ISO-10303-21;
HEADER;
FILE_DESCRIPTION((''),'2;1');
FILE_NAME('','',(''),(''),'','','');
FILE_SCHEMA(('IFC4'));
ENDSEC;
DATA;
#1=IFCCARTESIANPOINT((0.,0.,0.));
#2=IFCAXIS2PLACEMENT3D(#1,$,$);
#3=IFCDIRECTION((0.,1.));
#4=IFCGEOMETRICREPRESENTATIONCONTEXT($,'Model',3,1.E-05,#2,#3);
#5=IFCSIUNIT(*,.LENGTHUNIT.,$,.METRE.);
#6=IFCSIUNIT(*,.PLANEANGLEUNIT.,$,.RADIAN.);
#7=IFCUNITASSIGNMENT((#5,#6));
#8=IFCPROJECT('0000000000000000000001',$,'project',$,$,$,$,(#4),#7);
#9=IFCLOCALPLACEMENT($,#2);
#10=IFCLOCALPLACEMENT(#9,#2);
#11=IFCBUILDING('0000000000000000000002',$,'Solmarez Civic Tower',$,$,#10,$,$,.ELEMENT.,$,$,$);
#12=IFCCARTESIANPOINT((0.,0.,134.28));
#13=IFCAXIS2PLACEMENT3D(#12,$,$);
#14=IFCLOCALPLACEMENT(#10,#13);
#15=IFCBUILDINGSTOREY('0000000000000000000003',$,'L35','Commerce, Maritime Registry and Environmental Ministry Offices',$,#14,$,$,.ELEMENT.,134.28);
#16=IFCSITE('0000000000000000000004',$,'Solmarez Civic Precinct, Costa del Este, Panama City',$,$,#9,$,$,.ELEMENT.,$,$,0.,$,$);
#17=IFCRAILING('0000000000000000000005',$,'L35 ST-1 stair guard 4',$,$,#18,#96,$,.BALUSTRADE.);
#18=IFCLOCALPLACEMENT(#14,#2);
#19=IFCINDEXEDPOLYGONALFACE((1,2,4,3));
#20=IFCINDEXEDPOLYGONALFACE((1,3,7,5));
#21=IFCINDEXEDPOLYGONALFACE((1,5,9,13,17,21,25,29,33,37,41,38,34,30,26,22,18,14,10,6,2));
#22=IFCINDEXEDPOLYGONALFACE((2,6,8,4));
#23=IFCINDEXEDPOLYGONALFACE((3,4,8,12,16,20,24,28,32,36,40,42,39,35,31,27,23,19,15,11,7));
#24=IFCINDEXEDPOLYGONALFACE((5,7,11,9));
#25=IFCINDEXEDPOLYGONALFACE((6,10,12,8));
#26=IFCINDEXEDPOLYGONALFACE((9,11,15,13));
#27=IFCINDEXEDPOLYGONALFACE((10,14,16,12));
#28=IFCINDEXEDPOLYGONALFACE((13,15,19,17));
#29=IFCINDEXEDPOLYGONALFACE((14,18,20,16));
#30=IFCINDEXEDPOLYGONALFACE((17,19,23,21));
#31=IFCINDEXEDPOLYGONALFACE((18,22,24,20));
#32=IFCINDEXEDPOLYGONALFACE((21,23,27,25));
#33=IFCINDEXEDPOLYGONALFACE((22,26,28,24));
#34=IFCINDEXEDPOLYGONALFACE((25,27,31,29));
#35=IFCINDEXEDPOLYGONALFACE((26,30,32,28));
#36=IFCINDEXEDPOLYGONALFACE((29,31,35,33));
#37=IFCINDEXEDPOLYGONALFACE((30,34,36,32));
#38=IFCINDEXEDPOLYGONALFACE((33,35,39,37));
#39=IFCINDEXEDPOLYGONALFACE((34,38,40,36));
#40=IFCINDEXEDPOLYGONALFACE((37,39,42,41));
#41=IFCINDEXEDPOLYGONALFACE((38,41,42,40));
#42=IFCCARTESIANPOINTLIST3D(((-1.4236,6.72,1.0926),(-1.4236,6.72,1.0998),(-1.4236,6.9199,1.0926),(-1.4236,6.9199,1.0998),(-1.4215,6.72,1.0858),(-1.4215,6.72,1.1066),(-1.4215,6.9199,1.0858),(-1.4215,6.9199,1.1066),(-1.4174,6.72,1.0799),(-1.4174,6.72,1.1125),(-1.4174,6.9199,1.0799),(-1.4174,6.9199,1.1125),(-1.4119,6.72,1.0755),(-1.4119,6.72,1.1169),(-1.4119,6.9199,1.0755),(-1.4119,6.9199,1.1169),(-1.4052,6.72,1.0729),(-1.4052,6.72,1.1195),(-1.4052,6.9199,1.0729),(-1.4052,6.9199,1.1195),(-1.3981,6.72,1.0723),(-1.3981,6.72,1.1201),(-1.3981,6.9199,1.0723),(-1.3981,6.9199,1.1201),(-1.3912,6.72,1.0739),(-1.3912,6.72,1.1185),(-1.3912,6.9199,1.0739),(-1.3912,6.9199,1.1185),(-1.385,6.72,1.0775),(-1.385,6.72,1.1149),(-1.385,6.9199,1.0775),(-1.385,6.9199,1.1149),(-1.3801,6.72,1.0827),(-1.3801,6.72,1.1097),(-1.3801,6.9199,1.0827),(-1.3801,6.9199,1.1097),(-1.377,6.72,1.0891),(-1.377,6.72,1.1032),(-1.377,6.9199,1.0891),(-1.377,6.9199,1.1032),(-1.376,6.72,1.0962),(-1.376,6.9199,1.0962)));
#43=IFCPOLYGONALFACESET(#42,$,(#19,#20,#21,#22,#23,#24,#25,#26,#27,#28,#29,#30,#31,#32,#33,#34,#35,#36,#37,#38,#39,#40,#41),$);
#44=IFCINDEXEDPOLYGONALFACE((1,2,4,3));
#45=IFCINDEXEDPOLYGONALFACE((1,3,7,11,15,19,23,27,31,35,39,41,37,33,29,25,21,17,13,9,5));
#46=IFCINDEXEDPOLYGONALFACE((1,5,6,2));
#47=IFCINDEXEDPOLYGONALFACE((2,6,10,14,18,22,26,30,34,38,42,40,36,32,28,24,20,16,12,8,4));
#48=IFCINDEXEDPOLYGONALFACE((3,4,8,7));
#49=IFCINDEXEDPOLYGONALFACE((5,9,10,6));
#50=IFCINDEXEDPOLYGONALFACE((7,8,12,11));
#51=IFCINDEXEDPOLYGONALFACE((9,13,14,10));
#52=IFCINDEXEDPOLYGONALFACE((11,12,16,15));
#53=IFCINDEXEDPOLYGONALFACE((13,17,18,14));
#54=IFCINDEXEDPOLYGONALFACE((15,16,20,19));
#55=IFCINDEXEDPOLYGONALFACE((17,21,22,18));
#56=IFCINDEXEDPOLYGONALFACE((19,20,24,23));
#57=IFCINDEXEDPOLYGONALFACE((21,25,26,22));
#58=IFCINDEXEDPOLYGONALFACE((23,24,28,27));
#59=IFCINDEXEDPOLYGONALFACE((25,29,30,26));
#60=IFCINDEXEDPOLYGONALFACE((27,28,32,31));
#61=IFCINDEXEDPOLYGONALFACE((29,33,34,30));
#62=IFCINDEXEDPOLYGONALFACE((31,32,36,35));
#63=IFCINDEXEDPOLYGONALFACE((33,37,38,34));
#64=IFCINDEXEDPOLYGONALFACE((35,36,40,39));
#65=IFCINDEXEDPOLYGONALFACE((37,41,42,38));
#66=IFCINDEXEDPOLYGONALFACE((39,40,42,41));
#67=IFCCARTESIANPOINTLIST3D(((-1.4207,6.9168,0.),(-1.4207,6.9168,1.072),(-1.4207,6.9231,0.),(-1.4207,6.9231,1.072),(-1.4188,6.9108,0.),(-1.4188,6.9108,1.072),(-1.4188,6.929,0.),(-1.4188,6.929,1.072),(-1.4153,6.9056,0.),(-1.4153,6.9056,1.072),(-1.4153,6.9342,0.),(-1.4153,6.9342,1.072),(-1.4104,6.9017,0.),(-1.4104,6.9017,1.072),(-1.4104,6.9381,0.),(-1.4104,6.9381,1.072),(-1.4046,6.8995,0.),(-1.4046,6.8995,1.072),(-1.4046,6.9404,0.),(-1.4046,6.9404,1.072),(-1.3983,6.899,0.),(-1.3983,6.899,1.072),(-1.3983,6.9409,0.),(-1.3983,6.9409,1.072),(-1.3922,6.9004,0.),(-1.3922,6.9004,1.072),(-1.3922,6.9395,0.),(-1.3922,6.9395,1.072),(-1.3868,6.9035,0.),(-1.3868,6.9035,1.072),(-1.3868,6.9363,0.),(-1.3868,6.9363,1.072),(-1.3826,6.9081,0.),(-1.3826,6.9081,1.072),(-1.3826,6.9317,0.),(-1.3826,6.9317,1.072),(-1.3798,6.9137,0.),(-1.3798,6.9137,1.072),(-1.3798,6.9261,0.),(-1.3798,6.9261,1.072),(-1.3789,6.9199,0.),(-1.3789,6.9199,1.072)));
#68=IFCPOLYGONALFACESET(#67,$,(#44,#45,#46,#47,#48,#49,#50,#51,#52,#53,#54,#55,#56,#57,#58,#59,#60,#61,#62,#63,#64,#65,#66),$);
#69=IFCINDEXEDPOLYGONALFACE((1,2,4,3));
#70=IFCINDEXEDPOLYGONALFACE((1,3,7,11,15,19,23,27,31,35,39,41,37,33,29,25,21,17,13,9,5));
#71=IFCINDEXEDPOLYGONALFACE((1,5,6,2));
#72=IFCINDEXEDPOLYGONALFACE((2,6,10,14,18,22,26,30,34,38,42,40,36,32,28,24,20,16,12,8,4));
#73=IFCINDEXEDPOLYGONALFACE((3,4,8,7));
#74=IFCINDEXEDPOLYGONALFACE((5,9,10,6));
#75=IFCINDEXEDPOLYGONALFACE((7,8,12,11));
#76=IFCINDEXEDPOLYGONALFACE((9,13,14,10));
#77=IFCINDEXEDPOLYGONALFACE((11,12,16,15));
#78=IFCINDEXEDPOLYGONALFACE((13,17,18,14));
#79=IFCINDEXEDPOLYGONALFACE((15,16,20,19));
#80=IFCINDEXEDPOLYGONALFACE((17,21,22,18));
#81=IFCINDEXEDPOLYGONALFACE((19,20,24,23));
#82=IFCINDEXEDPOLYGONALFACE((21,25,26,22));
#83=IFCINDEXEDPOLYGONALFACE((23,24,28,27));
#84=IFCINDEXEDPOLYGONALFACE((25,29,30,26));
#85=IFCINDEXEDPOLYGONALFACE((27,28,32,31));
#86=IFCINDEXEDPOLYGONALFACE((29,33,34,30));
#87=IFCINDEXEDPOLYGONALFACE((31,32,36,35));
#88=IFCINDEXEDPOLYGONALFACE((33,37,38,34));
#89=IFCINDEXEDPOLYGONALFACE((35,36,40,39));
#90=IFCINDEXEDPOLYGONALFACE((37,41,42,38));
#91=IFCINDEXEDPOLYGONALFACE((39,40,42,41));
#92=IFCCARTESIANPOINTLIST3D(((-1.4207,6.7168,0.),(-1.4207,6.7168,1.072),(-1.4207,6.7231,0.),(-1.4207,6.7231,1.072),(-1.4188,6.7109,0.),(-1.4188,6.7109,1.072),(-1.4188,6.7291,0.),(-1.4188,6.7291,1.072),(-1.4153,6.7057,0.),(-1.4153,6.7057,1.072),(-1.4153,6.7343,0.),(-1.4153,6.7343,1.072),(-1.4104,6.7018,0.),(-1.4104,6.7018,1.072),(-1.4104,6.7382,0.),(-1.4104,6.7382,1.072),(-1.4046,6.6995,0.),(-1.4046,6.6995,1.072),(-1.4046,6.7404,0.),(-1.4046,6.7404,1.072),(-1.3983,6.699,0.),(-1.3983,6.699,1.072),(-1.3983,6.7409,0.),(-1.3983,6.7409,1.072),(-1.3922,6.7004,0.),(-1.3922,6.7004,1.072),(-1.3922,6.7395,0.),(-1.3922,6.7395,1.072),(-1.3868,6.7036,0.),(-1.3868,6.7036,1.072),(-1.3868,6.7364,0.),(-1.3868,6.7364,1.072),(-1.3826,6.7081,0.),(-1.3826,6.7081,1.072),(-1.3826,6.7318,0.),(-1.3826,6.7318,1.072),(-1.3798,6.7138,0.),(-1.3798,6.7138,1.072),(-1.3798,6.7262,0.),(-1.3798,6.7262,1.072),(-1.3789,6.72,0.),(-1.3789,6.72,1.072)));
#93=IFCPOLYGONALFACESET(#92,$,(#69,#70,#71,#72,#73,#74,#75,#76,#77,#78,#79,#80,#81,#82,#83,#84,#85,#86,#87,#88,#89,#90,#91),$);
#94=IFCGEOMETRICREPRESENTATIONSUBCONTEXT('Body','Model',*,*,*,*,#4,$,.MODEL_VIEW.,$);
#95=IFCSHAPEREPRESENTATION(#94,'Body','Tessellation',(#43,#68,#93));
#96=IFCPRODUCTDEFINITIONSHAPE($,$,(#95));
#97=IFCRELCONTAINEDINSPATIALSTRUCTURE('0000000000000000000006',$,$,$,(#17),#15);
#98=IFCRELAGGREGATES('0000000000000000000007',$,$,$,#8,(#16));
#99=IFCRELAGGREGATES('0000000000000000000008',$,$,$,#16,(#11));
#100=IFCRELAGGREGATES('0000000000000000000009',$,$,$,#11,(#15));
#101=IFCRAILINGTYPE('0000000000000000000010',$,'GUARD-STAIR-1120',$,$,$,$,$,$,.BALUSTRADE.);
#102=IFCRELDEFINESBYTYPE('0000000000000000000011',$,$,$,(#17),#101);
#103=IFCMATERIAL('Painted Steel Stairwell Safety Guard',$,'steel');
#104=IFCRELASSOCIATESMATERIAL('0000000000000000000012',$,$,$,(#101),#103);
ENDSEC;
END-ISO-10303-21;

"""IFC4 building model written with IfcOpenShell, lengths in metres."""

from ifc_helpers import new_model, si_unit, direction, frame, origin, origin_2d, place, context, subcontext, project, spatial, circle, extrude, material, type_object, element, save


model = new_model("IFC4")

# Units and contexts
model_context = context("Model", 3, precision=1e-05, world=origin(), true_north=direction((0.0, 1.0)))
body_context = subcontext(model_context, "Body", "Model", "MODEL_VIEW")
ifc_project = project(units=[si_unit("LENGTHUNIT", "METRE"), si_unit("PLANEANGLEUNIT", "RADIAN")], contexts=[model_context])

# Site, building, storey
site_placement = place(None, origin())
site = spatial("IfcSite", under=ifc_project, at=site_placement, Name="Solmarez Civic Precinct, Costa del Este, Panama City", CompositionType="ELEMENT", RefElevation=0.0)
building_placement = place(site_placement, origin())
building = spatial("IfcBuilding", under=site, at=building_placement, Name="Solmarez Civic Tower", CompositionType="ELEMENT")
storey_placement = place(building_placement, frame((0.0, 0.0, 134.28)))
storey = spatial("IfcBuildingStorey", under=building, at=storey_placement, Name="L35", Description="Commerce, Maritime Registry and Environmental Ministry Offices", CompositionType="ELEMENT", Elevation=134.28)

# Railing
ifc_material_1 = material(Name="Painted Steel Stairwell Safety Guard", Category="steel")
railing_type = type_object("IfcRailingType", Name="GUARD-STAIR-1120", PredefinedType="BALUSTRADE", material=ifc_material_1)
railing_1_placement = place(storey_placement, frame((-1.3999, 6.9199, 0.0)))
element("IfcRailing", 1, at=railing_1_placement, inside=storey, type_object=railing_type, Name="L35 ST-1 stair guard 4", PredefinedType="BALUSTRADE", context=body_context, shape_type="SweptSolid", body=[
    extrude(circle(Radius=0.0239, at=origin_2d()), frame((0.0, 0.0, 1.0962), z_axis=(0.0, -1.0, 0.0), x_axis=(1.0, 0.0, 0.0)), (0.0, 0.0, 1.0), 0.2),
    extrude(circle(Radius=0.021, at=origin_2d()), origin(), (0.0, 0.0, 1.0), 1.072),
    extrude(circle(Radius=0.021, at=origin_2d()), frame((0.0, -0.2, 0.0)), (0.0, 0.0, 1.0), 1.072),
])

save(model, "model.ifc")
